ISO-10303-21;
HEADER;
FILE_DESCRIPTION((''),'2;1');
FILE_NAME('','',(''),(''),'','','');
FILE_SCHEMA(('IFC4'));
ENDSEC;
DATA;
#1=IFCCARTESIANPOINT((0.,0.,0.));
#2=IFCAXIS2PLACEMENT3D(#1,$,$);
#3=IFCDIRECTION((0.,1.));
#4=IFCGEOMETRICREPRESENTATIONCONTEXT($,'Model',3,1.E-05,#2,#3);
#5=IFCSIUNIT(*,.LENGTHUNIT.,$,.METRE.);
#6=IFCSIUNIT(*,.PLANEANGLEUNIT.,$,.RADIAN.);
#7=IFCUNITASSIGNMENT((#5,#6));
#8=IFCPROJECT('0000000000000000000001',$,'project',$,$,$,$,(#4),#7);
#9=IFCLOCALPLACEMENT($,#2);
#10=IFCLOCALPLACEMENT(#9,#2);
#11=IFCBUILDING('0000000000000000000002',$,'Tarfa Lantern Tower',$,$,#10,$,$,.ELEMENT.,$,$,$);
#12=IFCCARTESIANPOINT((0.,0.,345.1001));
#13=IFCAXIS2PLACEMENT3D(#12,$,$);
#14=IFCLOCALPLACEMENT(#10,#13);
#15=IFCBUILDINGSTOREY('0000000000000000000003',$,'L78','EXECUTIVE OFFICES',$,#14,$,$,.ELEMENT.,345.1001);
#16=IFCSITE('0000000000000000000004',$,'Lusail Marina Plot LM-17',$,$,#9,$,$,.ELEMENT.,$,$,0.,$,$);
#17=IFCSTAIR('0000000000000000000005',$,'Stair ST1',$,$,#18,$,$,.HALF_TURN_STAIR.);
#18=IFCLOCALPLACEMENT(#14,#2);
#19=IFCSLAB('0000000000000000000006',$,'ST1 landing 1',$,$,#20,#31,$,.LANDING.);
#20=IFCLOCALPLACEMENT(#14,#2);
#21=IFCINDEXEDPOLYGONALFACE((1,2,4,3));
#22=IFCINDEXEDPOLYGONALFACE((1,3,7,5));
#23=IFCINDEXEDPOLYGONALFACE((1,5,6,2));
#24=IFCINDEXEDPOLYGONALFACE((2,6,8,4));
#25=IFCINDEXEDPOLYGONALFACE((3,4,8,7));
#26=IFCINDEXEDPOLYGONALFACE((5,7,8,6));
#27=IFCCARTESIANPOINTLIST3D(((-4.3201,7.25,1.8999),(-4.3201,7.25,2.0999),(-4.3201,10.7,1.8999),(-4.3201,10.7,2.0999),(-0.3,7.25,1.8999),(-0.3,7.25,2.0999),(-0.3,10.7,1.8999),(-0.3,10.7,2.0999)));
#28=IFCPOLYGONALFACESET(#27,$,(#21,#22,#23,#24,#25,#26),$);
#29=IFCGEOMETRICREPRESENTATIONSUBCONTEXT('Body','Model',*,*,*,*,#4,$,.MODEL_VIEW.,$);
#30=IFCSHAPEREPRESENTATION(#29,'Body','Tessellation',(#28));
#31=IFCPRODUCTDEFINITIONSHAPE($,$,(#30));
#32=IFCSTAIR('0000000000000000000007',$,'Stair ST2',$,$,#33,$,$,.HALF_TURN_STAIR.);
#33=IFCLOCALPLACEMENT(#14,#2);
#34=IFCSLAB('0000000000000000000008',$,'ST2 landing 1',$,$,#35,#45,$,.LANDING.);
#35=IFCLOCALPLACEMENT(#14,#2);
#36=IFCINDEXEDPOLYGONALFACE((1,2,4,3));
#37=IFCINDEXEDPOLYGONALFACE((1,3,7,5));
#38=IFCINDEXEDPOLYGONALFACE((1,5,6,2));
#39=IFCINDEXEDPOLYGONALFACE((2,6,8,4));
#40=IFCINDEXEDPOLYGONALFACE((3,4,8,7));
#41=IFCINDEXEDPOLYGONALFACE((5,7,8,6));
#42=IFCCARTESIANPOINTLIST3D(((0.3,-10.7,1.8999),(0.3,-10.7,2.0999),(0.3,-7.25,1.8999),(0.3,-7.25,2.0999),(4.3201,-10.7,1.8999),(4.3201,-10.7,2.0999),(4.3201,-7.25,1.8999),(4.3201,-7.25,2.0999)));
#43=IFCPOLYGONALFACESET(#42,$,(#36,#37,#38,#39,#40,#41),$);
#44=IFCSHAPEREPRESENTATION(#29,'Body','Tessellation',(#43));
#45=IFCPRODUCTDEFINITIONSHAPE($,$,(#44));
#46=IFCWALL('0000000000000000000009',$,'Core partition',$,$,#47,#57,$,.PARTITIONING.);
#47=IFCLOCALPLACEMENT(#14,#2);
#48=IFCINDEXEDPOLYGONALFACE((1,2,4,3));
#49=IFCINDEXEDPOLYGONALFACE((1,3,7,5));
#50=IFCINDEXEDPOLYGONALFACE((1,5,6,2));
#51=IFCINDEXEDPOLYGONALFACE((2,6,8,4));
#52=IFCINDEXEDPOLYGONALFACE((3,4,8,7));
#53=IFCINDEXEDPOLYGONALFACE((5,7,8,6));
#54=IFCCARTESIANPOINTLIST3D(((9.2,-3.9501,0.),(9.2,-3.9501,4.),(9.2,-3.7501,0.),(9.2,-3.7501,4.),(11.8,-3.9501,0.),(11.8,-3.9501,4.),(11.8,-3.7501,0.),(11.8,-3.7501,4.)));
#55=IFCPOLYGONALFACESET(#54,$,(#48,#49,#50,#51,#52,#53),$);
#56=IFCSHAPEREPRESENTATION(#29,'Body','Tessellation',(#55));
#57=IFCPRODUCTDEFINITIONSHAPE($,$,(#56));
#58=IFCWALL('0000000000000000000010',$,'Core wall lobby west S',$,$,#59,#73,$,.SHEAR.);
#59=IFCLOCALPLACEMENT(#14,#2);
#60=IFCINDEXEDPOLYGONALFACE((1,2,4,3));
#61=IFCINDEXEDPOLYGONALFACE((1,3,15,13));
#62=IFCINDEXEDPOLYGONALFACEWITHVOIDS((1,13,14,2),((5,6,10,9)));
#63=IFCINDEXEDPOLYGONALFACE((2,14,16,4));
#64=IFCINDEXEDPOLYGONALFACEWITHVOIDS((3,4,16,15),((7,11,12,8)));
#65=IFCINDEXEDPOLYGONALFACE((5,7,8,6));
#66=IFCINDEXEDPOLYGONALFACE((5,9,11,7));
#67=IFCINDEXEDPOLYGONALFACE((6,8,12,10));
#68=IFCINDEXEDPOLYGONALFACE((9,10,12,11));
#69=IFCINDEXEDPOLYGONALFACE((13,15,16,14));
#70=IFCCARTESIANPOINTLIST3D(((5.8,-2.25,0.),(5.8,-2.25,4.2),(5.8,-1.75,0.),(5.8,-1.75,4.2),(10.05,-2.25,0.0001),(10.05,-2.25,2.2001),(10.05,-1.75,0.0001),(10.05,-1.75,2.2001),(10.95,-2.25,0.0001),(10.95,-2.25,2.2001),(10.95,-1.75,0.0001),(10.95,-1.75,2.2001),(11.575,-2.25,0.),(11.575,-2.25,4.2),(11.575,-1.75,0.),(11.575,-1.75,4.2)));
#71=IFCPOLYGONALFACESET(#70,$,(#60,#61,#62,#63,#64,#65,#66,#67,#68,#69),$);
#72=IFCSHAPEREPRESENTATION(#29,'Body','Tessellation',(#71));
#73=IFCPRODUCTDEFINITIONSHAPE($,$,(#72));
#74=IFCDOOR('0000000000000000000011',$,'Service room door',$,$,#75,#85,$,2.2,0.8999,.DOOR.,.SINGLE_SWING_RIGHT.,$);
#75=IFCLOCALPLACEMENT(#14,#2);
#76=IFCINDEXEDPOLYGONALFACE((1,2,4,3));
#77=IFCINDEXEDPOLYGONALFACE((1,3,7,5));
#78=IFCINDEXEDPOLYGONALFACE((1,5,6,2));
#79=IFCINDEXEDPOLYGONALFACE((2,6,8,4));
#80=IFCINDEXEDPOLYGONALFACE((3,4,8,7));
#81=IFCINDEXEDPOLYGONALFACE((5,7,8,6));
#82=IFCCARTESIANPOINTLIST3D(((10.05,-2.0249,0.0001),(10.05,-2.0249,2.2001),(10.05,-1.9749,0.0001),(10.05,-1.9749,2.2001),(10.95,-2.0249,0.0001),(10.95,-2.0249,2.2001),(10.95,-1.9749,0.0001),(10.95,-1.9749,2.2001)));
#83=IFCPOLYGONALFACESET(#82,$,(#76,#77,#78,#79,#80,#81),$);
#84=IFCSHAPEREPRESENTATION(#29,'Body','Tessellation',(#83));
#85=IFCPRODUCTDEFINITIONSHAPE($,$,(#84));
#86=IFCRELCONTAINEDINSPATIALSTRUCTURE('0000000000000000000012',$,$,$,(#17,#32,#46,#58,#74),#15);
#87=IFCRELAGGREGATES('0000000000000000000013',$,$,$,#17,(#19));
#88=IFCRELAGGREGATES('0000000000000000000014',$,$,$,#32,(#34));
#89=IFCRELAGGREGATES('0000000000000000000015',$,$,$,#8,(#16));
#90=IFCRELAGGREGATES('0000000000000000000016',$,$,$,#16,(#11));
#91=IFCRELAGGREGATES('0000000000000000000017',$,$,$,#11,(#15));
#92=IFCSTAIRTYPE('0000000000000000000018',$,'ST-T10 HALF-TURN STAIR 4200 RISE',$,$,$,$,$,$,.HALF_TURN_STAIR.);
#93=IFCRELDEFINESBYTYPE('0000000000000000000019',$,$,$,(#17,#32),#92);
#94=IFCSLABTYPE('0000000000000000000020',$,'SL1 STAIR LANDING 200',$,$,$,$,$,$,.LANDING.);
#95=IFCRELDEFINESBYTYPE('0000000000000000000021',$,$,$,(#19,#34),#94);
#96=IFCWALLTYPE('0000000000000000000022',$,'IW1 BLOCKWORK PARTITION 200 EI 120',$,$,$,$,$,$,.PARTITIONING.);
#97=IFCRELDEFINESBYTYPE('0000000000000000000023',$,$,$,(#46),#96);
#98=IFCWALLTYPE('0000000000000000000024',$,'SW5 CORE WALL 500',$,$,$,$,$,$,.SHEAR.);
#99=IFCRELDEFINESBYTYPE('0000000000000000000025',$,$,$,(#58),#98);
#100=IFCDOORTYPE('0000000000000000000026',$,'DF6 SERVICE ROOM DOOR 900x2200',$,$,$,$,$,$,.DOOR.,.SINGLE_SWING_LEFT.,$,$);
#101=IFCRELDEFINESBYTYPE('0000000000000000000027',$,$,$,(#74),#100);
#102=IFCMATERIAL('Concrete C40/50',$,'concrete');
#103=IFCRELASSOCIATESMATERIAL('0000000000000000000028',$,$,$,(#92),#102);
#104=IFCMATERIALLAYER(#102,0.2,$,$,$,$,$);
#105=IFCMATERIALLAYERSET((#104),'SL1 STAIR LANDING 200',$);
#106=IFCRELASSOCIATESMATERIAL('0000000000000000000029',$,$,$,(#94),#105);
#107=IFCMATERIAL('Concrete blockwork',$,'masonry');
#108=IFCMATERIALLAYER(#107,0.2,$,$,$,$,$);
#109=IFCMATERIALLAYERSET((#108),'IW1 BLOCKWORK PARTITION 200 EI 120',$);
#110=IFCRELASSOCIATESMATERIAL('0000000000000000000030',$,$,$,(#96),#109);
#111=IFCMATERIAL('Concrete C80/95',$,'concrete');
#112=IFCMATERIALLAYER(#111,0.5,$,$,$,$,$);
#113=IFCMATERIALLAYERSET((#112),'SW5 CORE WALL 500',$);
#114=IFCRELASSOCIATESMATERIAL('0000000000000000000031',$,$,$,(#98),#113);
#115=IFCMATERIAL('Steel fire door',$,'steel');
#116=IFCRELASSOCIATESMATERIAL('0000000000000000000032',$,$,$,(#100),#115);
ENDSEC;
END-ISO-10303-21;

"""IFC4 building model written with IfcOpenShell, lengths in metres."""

from ifc_helpers import new_model, si_unit, direction, frame, frame_2d, origin, place, context, subcontext, project, spatial, polyline, rectangle, outline, extrude, material, layer, layer_set, type_object, element, fill, aggregate, save


model = new_model("IFC4")

# Units and contexts
model_context = context("Model", 3, precision=1e-05, world=origin(), true_north=direction((0.0, 1.0)))
body_context = subcontext(model_context, "Body", "Model", "MODEL_VIEW")
ifc_project = project(units=[si_unit("LENGTHUNIT", "METRE"), si_unit("PLANEANGLEUNIT", "RADIAN")], contexts=[model_context])

# Site, building, storey
site_placement = place(None, origin())
site = spatial("IfcSite", under=ifc_project, at=site_placement, Name="Lusail Marina Plot LM-17", CompositionType="ELEMENT", RefElevation=0.0)
building_placement = place(site_placement, origin())
building = spatial("IfcBuilding", under=site, at=building_placement, Name="Tarfa Lantern Tower", CompositionType="ELEMENT")
storey_placement = place(building_placement, frame((0.0, 0.0, 345.1001)))
storey = spatial("IfcBuildingStorey", under=building, at=storey_placement, Name="L78", Description="EXECUTIVE OFFICES", CompositionType="ELEMENT", Elevation=345.1001)

# Stairs, slabs
ifc_material_1 = material(Name="Concrete C40/50", Category="concrete")
stair_type = type_object("IfcStairType", Name="ST-T10 HALF-TURN STAIR 4200 RISE", PredefinedType="HALF_TURN_STAIR", material=ifc_material_1)
stair_1_placement = place(storey_placement, origin())
stair_1 = element("IfcStair", 1, at=stair_1_placement, inside=storey, type_object=stair_type, Name="Stair ST1", PredefinedType="HALF_TURN_STAIR")
ifc_layer_1 = layer(ifc_material_1, 0.2)
ifc_layer_set_1 = layer_set([ifc_layer_1], Name="SL1 STAIR LANDING 200")
slab_type = type_object("IfcSlabType", Name="SL1 STAIR LANDING 200", PredefinedType="LANDING", material=ifc_layer_set_1)
slab_1_placement = place(storey_placement, frame((0.0, 0.0, 1.8999)))
slab_1 = element("IfcSlab", 2, at=slab_1_placement, type_object=slab_type, Name="ST1 landing 1", PredefinedType="LANDING", context=body_context, shape_type="SweptSolid", body=[
    extrude(outline(polyline([(-4.3201, 7.25), (-0.3, 7.25), (-0.3, 10.7), (-4.3201, 10.7), (-4.3201, 7.25)])), origin(), (0.0, 0.0, 1.0), 0.2),
])
aggregate(stair_1, [slab_1])
stair_2_placement = place(storey_placement, origin())
stair_2 = element("IfcStair", 3, at=stair_2_placement, inside=storey, type_object=stair_type, Name="Stair ST2", PredefinedType="HALF_TURN_STAIR")
slab_2_placement = place(storey_placement, frame((0.0, 0.0, 1.8999)))
slab_2 = element("IfcSlab", 4, at=slab_2_placement, type_object=slab_type, Name="ST2 landing 1", PredefinedType="LANDING", context=body_context, shape_type="SweptSolid", body=[
    extrude(outline(polyline([(4.3201, -7.25), (0.3, -7.25), (0.3, -10.7), (4.3201, -10.7), (4.3201, -7.25)])), origin(), (0.0, 0.0, 1.0), 0.2),
])
aggregate(stair_2, [slab_2])

# Wall
ifc_material_2 = material(Name="Concrete blockwork", Category="masonry")
ifc_layer_2 = layer(ifc_material_2, 0.2)
ifc_layer_set_2 = layer_set([ifc_layer_2], Name="IW1 BLOCKWORK PARTITION 200 EI 120")
wall_type_1 = type_object("IfcWallType", Name="IW1 BLOCKWORK PARTITION 200 EI 120", PredefinedType="PARTITIONING", material=ifc_layer_set_2)
wall_1_placement = place(storey_placement, frame((11.8, -3.8501, 0.0), z_axis=(0.0, 0.0, 1.0), x_axis=(-1.0, 0.0, 0.0)))
element("IfcWall", 5, at=wall_1_placement, inside=storey, type_object=wall_type_1, Name="Core partition", PredefinedType="PARTITIONING", context=body_context, shape_type="SweptSolid", body=[
    extrude(rectangle(XDim=2.6001, YDim=0.2, at=frame_2d((1.3, 0.0))), origin(), (0.0, 0.0, 1.0), 4.0),
])

# Wall, opening, door
ifc_material_3 = material(Name="Concrete C80/95", Category="concrete")
ifc_layer_3 = layer(ifc_material_3, 0.5)
ifc_layer_set_3 = layer_set([ifc_layer_3], Name="SW5 CORE WALL 500")
wall_type_2 = type_object("IfcWallType", Name="SW5 CORE WALL 500", PredefinedType="SHEAR", material=ifc_layer_set_3)
wall_2_placement = place(storey_placement, frame((11.575, -2.0, 0.0), z_axis=(0.0, 0.0, 1.0), x_axis=(-1.0, 0.0, 0.0)))
wall_2 = element("IfcWall", 6, at=wall_2_placement, inside=storey, type_object=wall_type_2, Name="Core wall lobby west S", PredefinedType="SHEAR", context=body_context, shape_type="SweptSolid", body=[
    extrude(rectangle(XDim=5.7749, YDim=0.5, at=frame_2d((2.8875, 0.0))), origin(), (0.0, 0.0, 1.0), 4.2),
])
opening_1_placement = place(wall_2_placement, frame((0.625, 0.0, 0.0)))
opening_1 = element("IfcOpeningElement", 7, at=opening_1_placement, cuts=wall_2, PredefinedType="OPENING", context=body_context, shape_type="SweptSolid", body=[
    extrude(rectangle(XDim=0.8999, YDim=2.2, at=frame_2d((0.45, 1.1001))), frame((0.0, 0.26, 0.0), z_axis=(0.0, -1.0, 0.0), x_axis=(1.0, 0.0, 0.0)), (0.0, 0.0, 1.0), 0.52),
])
ifc_material_4 = material(Name="Steel fire door", Category="steel")
door_type_1 = type_object("IfcDoorType", Name="DF6 SERVICE ROOM DOOR 900x2200", OperationType="SINGLE_SWING_LEFT", PredefinedType="DOOR", material=ifc_material_4)
door_1_placement = place(opening_1_placement, origin())
door_1 = element("IfcDoor", 8, at=door_1_placement, inside=storey, type_object=door_type_1, Name="Service room door", OperationType="SINGLE_SWING_RIGHT", OverallHeight=2.2, OverallWidth=0.8999, PredefinedType="DOOR", context=body_context, shape_type="SweptSolid", body=[
    extrude(rectangle(XDim=0.8999, YDim=2.2, at=frame_2d((0.45, 1.1001))), frame((0.0, 0.0249, 0.0), z_axis=(0.0, -1.0, 0.0), x_axis=(1.0, 0.0, 0.0)), (0.0, 0.0, 1.0), 0.05),
])
fill(opening_1, door_1)

save(model, "model.ifc")
